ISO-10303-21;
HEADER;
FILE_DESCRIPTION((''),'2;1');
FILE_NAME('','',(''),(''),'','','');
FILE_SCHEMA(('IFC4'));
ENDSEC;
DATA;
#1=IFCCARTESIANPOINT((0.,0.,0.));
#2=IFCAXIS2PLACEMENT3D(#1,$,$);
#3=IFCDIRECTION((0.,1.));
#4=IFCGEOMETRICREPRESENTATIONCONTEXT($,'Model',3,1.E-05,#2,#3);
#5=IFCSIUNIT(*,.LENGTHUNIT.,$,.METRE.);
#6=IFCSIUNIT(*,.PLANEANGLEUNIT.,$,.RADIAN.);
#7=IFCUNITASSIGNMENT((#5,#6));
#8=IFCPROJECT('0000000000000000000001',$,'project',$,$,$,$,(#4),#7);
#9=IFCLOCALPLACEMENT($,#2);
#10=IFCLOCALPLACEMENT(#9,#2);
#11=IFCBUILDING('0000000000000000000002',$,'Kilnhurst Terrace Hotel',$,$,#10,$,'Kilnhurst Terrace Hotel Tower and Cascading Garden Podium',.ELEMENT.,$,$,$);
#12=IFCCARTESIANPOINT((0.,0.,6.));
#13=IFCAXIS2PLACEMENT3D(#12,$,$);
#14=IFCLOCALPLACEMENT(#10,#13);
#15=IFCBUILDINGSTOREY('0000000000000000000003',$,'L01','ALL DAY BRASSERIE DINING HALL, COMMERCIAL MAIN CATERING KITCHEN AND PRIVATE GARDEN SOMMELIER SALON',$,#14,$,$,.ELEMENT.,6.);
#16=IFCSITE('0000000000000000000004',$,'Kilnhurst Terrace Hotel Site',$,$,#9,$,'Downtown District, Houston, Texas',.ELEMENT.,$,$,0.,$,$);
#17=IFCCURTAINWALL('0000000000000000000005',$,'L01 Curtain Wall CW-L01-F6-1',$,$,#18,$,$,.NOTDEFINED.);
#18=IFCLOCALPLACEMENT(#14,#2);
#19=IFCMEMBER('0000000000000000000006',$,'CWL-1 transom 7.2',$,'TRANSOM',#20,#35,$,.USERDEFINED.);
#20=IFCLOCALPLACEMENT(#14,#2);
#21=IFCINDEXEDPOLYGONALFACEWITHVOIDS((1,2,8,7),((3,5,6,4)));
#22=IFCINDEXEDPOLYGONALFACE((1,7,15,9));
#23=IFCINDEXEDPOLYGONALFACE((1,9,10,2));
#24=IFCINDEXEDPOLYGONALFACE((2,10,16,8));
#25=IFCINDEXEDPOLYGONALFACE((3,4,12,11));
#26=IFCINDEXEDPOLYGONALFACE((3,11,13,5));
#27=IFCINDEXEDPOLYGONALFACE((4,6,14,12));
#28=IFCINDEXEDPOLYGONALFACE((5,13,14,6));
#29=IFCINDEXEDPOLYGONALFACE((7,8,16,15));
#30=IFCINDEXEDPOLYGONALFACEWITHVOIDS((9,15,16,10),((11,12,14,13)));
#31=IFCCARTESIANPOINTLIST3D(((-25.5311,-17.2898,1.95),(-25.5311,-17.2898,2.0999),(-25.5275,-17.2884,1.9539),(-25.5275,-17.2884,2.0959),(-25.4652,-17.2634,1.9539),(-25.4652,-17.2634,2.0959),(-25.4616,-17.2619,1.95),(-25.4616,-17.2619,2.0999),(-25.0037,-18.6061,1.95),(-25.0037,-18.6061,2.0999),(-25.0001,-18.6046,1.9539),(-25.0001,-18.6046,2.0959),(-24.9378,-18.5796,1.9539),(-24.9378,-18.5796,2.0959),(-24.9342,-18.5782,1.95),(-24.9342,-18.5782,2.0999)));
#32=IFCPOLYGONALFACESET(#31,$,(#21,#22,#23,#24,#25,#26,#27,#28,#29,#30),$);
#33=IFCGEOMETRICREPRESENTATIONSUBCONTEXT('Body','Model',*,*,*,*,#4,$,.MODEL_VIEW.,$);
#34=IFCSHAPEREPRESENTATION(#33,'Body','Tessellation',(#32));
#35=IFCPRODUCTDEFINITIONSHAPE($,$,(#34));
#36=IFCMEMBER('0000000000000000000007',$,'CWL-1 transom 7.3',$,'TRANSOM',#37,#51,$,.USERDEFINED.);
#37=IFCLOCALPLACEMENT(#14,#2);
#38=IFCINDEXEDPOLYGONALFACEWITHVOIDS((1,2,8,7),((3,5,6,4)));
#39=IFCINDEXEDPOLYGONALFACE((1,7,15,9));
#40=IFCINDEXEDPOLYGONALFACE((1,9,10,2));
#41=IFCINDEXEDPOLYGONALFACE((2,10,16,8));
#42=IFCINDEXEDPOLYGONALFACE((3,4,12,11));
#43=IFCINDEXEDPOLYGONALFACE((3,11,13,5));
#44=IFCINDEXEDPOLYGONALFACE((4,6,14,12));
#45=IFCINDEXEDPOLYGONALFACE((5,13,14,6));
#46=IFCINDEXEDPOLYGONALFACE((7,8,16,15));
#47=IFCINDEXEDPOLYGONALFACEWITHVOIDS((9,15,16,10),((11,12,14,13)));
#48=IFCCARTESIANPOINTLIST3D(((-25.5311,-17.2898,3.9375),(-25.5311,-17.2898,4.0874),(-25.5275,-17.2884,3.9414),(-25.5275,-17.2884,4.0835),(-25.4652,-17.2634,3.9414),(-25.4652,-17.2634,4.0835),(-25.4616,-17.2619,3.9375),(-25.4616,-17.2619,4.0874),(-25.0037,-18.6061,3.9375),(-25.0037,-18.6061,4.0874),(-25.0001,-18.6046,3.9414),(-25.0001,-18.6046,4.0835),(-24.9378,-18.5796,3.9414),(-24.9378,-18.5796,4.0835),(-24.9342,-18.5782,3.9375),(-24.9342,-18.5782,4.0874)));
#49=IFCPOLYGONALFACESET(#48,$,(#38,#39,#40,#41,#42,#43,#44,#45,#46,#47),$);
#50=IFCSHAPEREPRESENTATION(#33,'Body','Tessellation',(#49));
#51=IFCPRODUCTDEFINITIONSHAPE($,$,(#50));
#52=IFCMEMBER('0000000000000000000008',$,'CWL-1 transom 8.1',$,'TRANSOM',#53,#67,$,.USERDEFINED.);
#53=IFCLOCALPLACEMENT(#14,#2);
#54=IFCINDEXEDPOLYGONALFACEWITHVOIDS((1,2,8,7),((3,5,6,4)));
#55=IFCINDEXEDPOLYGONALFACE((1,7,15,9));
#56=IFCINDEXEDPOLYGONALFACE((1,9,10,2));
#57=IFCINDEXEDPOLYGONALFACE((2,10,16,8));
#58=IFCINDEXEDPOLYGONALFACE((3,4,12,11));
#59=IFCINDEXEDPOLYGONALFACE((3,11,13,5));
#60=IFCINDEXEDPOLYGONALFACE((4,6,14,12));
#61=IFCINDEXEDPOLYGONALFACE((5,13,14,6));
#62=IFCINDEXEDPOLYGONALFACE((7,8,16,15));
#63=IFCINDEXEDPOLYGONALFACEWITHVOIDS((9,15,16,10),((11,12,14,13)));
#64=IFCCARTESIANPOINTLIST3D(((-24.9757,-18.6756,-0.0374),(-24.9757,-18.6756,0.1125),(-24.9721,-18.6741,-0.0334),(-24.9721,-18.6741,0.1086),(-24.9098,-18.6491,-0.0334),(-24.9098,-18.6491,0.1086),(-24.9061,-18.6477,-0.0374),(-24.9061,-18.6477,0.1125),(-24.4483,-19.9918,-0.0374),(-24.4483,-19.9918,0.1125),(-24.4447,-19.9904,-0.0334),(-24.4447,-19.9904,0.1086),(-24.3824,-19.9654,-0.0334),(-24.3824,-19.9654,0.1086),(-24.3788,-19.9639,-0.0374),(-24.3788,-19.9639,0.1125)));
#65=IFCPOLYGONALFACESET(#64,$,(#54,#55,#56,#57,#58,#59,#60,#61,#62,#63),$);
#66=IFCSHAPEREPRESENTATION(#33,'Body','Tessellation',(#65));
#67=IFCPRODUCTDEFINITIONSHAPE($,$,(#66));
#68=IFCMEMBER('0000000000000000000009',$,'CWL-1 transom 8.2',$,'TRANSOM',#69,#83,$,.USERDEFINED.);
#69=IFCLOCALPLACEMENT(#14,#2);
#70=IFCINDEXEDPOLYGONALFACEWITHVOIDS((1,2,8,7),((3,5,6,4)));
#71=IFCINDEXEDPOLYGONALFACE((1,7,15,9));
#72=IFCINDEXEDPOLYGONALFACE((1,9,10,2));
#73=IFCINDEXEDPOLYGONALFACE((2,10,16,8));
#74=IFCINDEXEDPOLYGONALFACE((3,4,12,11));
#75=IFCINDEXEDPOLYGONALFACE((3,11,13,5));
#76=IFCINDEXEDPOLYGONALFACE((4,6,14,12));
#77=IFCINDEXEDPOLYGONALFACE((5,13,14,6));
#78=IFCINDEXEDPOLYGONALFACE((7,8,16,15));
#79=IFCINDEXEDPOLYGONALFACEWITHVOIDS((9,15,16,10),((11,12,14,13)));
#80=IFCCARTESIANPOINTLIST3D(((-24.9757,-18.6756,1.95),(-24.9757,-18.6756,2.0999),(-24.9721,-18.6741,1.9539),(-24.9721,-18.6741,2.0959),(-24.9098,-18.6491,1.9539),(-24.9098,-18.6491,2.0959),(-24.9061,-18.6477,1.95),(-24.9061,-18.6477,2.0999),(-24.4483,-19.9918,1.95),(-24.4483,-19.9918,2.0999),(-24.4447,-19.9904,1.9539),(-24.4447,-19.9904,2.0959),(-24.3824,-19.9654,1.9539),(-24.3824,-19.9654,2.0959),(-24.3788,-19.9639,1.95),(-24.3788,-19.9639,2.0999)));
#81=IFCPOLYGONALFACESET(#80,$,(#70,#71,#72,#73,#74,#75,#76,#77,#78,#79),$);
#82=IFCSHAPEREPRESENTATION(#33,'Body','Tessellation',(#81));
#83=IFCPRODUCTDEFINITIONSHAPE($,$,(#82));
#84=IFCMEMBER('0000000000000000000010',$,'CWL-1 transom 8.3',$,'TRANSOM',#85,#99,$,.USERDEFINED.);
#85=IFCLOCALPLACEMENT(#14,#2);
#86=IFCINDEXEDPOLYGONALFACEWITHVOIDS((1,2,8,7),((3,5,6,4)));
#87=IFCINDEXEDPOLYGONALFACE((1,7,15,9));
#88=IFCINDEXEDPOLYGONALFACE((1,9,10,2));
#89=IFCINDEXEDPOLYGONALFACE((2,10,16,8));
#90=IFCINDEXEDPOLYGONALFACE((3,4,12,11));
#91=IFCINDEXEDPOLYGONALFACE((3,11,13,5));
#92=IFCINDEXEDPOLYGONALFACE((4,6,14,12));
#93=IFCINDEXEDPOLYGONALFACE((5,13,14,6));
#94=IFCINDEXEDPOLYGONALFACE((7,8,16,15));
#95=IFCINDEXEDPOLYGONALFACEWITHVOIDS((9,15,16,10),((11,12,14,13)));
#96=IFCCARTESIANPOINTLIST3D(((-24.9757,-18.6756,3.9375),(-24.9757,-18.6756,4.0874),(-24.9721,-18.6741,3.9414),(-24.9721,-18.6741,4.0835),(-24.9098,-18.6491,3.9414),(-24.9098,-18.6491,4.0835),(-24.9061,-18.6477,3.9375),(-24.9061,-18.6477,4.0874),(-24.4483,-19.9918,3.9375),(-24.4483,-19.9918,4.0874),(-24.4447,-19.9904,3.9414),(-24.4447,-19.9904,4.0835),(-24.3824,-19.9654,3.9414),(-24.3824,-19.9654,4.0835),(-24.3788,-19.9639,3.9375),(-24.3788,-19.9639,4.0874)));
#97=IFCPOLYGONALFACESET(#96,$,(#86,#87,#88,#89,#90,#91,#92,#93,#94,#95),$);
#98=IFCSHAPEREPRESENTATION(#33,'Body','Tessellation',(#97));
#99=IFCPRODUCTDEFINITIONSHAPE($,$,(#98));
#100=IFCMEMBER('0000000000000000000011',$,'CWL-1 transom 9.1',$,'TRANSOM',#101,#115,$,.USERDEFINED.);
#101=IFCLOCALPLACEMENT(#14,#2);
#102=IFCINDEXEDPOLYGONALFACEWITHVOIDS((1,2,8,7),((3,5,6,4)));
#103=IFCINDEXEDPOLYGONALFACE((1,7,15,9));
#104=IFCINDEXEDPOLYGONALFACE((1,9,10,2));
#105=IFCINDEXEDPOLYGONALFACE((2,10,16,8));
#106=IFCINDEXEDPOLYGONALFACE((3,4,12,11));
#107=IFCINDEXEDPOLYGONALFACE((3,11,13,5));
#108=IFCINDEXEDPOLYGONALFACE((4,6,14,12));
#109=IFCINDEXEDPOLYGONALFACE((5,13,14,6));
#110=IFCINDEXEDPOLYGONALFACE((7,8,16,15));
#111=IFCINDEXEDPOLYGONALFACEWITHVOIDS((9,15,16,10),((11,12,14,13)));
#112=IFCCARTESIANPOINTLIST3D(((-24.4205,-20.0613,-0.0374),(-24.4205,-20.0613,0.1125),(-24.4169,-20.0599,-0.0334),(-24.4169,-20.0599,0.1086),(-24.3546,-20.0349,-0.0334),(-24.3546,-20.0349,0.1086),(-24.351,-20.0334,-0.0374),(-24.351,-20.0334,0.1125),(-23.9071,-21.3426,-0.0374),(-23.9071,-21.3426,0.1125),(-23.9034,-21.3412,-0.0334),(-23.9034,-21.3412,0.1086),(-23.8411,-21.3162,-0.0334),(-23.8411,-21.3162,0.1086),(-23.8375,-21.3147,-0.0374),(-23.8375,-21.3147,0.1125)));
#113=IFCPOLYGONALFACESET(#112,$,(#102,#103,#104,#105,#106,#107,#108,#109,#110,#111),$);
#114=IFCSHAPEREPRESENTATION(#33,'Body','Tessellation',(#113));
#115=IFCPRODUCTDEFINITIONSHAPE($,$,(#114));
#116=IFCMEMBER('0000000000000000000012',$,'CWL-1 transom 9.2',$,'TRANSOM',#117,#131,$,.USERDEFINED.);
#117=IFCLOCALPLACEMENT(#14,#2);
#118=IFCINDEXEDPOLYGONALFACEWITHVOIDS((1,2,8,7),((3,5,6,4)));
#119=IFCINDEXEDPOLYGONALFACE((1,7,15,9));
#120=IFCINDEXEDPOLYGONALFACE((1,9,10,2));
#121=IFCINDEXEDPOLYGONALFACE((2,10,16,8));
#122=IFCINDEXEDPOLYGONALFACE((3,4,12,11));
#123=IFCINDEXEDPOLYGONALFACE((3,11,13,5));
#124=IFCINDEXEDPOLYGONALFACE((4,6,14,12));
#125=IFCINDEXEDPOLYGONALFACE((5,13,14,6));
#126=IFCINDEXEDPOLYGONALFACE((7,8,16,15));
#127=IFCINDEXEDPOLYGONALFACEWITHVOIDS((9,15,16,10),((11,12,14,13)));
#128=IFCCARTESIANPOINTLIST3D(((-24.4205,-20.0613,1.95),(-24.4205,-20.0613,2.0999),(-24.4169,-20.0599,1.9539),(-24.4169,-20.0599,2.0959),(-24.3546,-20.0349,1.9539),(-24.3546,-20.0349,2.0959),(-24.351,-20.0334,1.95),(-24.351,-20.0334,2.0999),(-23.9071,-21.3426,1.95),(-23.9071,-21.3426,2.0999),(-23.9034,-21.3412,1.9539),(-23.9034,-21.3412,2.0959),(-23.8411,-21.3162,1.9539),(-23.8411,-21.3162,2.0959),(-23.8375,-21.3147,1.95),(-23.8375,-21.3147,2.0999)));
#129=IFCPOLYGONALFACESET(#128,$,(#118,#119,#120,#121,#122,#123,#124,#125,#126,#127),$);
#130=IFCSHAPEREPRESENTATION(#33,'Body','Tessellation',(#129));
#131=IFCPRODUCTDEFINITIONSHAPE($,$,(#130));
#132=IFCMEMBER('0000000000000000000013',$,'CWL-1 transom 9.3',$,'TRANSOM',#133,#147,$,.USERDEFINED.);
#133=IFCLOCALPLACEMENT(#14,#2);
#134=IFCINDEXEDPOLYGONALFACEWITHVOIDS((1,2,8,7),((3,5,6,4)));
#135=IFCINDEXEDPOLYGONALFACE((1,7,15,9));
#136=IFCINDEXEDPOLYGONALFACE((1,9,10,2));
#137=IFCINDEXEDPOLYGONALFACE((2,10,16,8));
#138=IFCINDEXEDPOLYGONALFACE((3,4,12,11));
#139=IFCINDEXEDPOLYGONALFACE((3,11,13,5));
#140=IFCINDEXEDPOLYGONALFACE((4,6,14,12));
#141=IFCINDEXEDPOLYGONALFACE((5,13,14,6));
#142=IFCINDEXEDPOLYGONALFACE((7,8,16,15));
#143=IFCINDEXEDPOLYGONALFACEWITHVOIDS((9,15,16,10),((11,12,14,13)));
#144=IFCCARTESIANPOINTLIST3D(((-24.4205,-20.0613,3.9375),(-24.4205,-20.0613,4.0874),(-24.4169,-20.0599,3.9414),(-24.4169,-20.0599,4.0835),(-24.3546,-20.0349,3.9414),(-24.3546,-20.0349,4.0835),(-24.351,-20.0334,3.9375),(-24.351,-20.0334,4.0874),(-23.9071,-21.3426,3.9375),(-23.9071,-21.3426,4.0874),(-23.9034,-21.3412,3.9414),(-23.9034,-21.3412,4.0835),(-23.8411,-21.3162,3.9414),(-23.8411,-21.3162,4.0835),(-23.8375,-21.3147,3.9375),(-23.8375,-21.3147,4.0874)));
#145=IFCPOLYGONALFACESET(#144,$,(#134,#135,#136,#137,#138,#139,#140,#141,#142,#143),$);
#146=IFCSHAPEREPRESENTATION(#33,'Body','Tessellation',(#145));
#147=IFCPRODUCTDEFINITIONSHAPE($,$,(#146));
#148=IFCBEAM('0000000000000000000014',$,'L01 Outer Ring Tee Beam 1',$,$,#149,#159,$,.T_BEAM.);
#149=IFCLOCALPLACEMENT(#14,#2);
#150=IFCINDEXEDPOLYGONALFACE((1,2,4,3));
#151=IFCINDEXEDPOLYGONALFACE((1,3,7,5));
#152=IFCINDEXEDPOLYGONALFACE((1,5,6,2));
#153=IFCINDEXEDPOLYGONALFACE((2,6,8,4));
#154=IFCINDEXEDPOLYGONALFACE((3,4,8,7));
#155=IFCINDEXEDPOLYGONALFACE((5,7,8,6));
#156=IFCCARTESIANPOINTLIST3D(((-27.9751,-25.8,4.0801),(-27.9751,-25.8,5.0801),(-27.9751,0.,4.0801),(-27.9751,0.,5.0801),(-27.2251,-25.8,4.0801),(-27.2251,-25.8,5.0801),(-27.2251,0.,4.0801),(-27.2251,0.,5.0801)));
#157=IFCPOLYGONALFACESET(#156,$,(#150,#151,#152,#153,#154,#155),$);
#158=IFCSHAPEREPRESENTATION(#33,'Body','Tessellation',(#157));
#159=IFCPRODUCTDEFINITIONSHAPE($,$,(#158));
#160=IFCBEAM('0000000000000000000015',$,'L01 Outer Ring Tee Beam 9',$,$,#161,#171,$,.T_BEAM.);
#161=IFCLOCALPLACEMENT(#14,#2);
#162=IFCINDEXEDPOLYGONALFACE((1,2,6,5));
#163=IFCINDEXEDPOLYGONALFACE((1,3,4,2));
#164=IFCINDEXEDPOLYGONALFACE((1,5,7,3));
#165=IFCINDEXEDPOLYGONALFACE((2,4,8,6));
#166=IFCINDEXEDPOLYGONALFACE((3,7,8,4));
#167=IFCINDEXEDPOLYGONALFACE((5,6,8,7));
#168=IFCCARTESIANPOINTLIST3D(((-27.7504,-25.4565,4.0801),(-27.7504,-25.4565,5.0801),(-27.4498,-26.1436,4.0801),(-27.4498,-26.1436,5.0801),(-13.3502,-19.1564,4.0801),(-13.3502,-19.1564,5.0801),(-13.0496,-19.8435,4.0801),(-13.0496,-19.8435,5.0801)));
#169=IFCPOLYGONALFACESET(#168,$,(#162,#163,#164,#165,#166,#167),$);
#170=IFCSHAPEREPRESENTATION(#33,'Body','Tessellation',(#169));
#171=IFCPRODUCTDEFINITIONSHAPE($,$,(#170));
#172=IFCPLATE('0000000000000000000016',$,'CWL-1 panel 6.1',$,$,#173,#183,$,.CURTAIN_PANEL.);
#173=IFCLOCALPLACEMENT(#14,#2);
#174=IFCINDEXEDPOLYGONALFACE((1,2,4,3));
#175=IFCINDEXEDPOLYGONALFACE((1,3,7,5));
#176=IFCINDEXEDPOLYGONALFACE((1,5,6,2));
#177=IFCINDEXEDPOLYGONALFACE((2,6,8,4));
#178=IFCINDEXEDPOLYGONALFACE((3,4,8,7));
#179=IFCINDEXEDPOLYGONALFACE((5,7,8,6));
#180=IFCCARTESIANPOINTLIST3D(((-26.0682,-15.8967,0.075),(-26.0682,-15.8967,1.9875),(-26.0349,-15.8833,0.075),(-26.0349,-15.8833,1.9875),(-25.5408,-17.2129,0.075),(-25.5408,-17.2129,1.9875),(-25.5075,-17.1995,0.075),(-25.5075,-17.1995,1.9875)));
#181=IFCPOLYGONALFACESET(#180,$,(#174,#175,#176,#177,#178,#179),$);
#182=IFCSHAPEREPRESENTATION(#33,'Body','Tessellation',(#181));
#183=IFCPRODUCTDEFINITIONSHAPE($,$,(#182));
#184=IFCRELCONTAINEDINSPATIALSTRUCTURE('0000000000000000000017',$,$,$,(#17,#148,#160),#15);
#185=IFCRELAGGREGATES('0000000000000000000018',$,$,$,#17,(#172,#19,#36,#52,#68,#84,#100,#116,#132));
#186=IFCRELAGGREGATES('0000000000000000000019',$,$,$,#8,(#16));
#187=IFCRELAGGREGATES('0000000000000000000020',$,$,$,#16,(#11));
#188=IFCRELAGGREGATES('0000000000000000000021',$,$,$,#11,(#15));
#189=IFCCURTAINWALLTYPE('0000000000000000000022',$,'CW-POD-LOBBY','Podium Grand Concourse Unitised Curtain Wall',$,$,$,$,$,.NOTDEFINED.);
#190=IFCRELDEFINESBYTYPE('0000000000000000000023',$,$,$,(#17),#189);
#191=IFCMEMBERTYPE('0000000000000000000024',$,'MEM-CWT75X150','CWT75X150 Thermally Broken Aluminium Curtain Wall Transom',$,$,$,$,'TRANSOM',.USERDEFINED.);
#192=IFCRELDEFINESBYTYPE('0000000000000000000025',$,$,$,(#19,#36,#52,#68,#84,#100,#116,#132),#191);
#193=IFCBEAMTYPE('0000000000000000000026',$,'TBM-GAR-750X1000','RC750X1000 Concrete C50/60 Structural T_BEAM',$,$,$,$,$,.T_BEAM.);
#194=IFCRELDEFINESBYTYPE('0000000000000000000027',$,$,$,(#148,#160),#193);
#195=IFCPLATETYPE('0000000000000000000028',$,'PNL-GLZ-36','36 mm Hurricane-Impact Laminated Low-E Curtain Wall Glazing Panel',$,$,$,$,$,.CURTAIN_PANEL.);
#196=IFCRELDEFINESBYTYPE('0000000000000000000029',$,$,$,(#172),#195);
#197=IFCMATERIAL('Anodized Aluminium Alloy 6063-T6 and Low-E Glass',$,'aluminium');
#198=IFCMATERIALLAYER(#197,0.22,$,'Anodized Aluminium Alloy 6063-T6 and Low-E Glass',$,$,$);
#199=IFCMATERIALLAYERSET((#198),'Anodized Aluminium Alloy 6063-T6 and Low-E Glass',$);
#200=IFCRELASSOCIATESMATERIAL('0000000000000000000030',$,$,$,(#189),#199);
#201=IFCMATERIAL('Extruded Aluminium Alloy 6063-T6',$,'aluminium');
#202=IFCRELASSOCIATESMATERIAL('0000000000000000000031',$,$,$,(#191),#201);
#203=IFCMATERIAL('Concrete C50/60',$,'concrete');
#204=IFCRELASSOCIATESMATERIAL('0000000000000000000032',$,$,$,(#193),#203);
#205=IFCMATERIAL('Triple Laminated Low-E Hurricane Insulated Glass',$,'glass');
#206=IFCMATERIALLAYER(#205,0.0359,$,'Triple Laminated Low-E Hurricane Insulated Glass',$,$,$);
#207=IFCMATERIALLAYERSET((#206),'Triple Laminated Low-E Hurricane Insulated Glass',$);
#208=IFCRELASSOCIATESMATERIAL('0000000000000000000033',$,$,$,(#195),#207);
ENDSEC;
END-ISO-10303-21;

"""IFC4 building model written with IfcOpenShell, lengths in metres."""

from ifc_helpers import new_model, si_unit, direction, frame, origin, origin_2d, place, context, subcontext, project, spatial, rectangle, hollow_rectangle, extrude, material, layer, layer_set, material_profile, profile_set, type_object, element, aggregate, save


model = new_model("IFC4")

# Units and contexts
model_context = context("Model", 3, precision=1e-05, world=origin(), true_north=direction((0.0, 1.0)))
body_context = subcontext(model_context, "Body", "Model", "MODEL_VIEW")
ifc_project = project(units=[si_unit("LENGTHUNIT", "METRE"), si_unit("PLANEANGLEUNIT", "RADIAN")], contexts=[model_context])

# Site, building, storey
site_placement = place(None, origin())
site = spatial("IfcSite", under=ifc_project, at=site_placement, Name="Kilnhurst Terrace Hotel Site", LongName="Downtown District, Houston, Texas", CompositionType="ELEMENT", RefElevation=0.0)
building_placement = place(site_placement, origin())
building = spatial("IfcBuilding", under=site, at=building_placement, Name="Kilnhurst Terrace Hotel", LongName="Kilnhurst Terrace Hotel Tower and Cascading Garden Podium", CompositionType="ELEMENT")
storey_placement = place(building_placement, frame((0.0, 0.0, 6.0)))
storey = spatial("IfcBuildingStorey", under=building, at=storey_placement, Name="L01", Description="ALL DAY BRASSERIE DINING HALL, COMMERCIAL MAIN CATERING KITCHEN AND PRIVATE GARDEN SOMMELIER SALON", CompositionType="ELEMENT", Elevation=6.0)

# Curtain wall, members
ifc_material_1 = material(Name="Anodized Aluminium Alloy 6063-T6 and Low-E Glass", Category="aluminium")
ifc_layer_1 = layer(ifc_material_1, 0.22, Name="Anodized Aluminium Alloy 6063-T6 and Low-E Glass")
ifc_layer_set_1 = layer_set([ifc_layer_1], Name="Anodized Aluminium Alloy 6063-T6 and Low-E Glass")
curtain_wall_type = type_object("IfcCurtainWallType", Name="CW-POD-LOBBY", Description="Podium Grand Concourse Unitised Curtain Wall", PredefinedType="NOTDEFINED", material=ifc_layer_set_1)
curtain_wall_placement = place(storey_placement, origin())
curtain_wall = element("IfcCurtainWall", 1, at=curtain_wall_placement, inside=storey, type_object=curtain_wall_type, Name="L01 Curtain Wall CW-L01-F6-1", PredefinedType="NOTDEFINED")
ifc_material_2 = material(Name="Extruded Aluminium Alloy 6063-T6", Category="aluminium")
ifc_material_profile_1 = material_profile(ifc_material_2, hollow_rectangle(XDim=0.075, YDim=0.1499, WallThickness=0.0039, at=origin_2d()), Name="CWT75X150")
ifc_profile_set_1 = profile_set([ifc_material_profile_1], Name="Extruded Aluminium Alloy 6063-T6")
member_type_1 = type_object("IfcMemberType", Name="MEM-CWT75X150", Description="CWT75X150 Thermally Broken Aluminium Curtain Wall Transom", ElementType="TRANSOM", PredefinedType="USERDEFINED", material=ifc_profile_set_1)
member_1_placement = place(storey_placement, frame((-25.4963, -17.2759, 2.0249), z_axis=(0.371925, -0.928263, 0.0), x_axis=(0.928263, 0.371925, 0.0)))
member_1 = element("IfcMember", 2, at=member_1_placement, type_object=member_type_1, Name="CWL-1 transom 7.2", ObjectType="TRANSOM", PredefinedType="USERDEFINED", context=body_context, shape_type="SweptSolid", body=[
    extrude(hollow_rectangle(XDim=0.075, YDim=0.1499, WallThickness=0.0039, at=origin_2d()), origin(), (0.0, 0.0, 1.0), 1.418),
])
member_2_placement = place(storey_placement, frame((-25.4963, -17.2759, 4.0125), z_axis=(0.371925, -0.928263, 0.0), x_axis=(0.928263, 0.371925, 0.0)))
member_2 = element("IfcMember", 3, at=member_2_placement, type_object=member_type_1, Name="CWL-1 transom 7.3", ObjectType="TRANSOM", PredefinedType="USERDEFINED", context=body_context, shape_type="SweptSolid", body=[
    extrude(hollow_rectangle(XDim=0.075, YDim=0.1499, WallThickness=0.0039, at=origin_2d()), origin(), (0.0, 0.0, 1.0), 1.418),
])
member_3_placement = place(storey_placement, frame((-24.9409, -18.6616, 0.0376), z_axis=(0.371925, -0.928263, 0.0), x_axis=(0.928263, 0.371925, 0.0)))
member_3 = element("IfcMember", 4, at=member_3_placement, type_object=member_type_1, Name="CWL-1 transom 8.1", ObjectType="TRANSOM", PredefinedType="USERDEFINED", context=body_context, shape_type="SweptSolid", body=[
    extrude(hollow_rectangle(XDim=0.075, YDim=0.1499, WallThickness=0.0039, at=origin_2d()), origin(), (0.0, 0.0, 1.0), 1.418),
])
member_4_placement = place(storey_placement, frame((-24.9409, -18.6616, 2.0249), z_axis=(0.371925, -0.928263, 0.0), x_axis=(0.928263, 0.371925, 0.0)))
member_4 = element("IfcMember", 5, at=member_4_placement, type_object=member_type_1, Name="CWL-1 transom 8.2", ObjectType="TRANSOM", PredefinedType="USERDEFINED", context=body_context, shape_type="SweptSolid", body=[
    extrude(hollow_rectangle(XDim=0.075, YDim=0.1499, WallThickness=0.0039, at=origin_2d()), origin(), (0.0, 0.0, 1.0), 1.418),
])
member_5_placement = place(storey_placement, frame((-24.9409, -18.6616, 4.0125), z_axis=(0.371925, -0.928263, 0.0), x_axis=(0.928263, 0.371925, 0.0)))
member_5 = element("IfcMember", 6, at=member_5_placement, type_object=member_type_1, Name="CWL-1 transom 8.3", ObjectType="TRANSOM", PredefinedType="USERDEFINED", context=body_context, shape_type="SweptSolid", body=[
    extrude(hollow_rectangle(XDim=0.075, YDim=0.1499, WallThickness=0.0039, at=origin_2d()), origin(), (0.0, 0.0, 1.0), 1.418),
])
member_6_placement = place(storey_placement, frame((-24.3857, -20.0474, 0.0376), z_axis=(0.37197, -0.928245, 0.0), x_axis=(0.928245, 0.37197, 0.0)))
member_6 = element("IfcMember", 7, at=member_6_placement, type_object=member_type_1, Name="CWL-1 transom 9.1", ObjectType="TRANSOM", PredefinedType="USERDEFINED", context=body_context, shape_type="SweptSolid", body=[
    extrude(hollow_rectangle(XDim=0.075, YDim=0.1499, WallThickness=0.0039, at=origin_2d()), origin(), (0.0, 0.0, 1.0), 1.3804),
])
member_7_placement = place(storey_placement, frame((-24.3857, -20.0474, 2.0249), z_axis=(0.37197, -0.928245, 0.0), x_axis=(0.928245, 0.37197, 0.0)))
member_7 = element("IfcMember", 8, at=member_7_placement, type_object=member_type_1, Name="CWL-1 transom 9.2", ObjectType="TRANSOM", PredefinedType="USERDEFINED", context=body_context, shape_type="SweptSolid", body=[
    extrude(hollow_rectangle(XDim=0.075, YDim=0.1499, WallThickness=0.0039, at=origin_2d()), origin(), (0.0, 0.0, 1.0), 1.3804),
])
member_8_placement = place(storey_placement, frame((-24.3857, -20.0474, 4.0125), z_axis=(0.37197, -0.928245, 0.0), x_axis=(0.928245, 0.37197, 0.0)))
member_8 = element("IfcMember", 9, at=member_8_placement, type_object=member_type_1, Name="CWL-1 transom 9.3", ObjectType="TRANSOM", PredefinedType="USERDEFINED", context=body_context, shape_type="SweptSolid", body=[
    extrude(hollow_rectangle(XDim=0.075, YDim=0.1499, WallThickness=0.0039, at=origin_2d()), origin(), (0.0, 0.0, 1.0), 1.3804),
])

# Beams
ifc_material_3 = material(Name="Concrete C50/60", Category="concrete")
ifc_material_profile_2 = material_profile(ifc_material_3, rectangle(XDim=0.75, YDim=1.0, at=origin_2d()), Name="RC750X1000")
ifc_profile_set_2 = profile_set([ifc_material_profile_2], Name="Concrete C50/60")
beam_type = type_object("IfcBeamType", Name="TBM-GAR-750X1000", Description="RC750X1000 Concrete C50/60 Structural T_BEAM", PredefinedType="T_BEAM", material=ifc_profile_set_2)
beam_1_placement = place(storey_placement, frame((-27.6001, -25.8, 4.5801), z_axis=(0.0, 1.0, 0.0), x_axis=(-1.0, 0.0, 0.0)))
element("IfcBeam", 10, at=beam_1_placement, inside=storey, type_object=beam_type, Name="L01 Outer Ring Tee Beam 1", PredefinedType="T_BEAM", context=body_context, shape_type="SweptSolid", body=[
    extrude(rectangle(XDim=0.75, YDim=1.0, at=origin_2d()), origin(), (0.0, 0.0, 1.0), 25.8),
])
beam_2_placement = place(storey_placement, frame((-27.6001, -25.8, 4.5801), z_axis=(0.916158, 0.400818, 0.0), x_axis=(-0.400818, 0.916158, 0.0)))
element("IfcBeam", 11, at=beam_2_placement, inside=storey, type_object=beam_type, Name="L01 Outer Ring Tee Beam 9", PredefinedType="T_BEAM", context=body_context, shape_type="SweptSolid", body=[
    extrude(rectangle(XDim=0.75, YDim=1.0, at=origin_2d()), origin(), (0.0, 0.0, 1.0), 15.718),
])

# Plate
ifc_material_4 = material(Name="Triple Laminated Low-E Hurricane Insulated Glass", Category="glass")
ifc_layer_2 = layer(ifc_material_4, 0.0359, Name="Triple Laminated Low-E Hurricane Insulated Glass")
ifc_layer_set_2 = layer_set([ifc_layer_2], Name="Triple Laminated Low-E Hurricane Insulated Glass")
plate_type = type_object("IfcPlateType", Name="PNL-GLZ-36", Description="36 mm Hurricane-Impact Laminated Low-E Curtain Wall Glazing Panel", PredefinedType="CURTAIN_PANEL", material=ifc_layer_set_2)
plate_1_placement = place(storey_placement, frame((-25.7878, -16.5481, 0.075), z_axis=(0.0, 0.0, 1.0), x_axis=(0.371955, -0.928251, 0.0)))
plate_1 = element("IfcPlate", 12, at=plate_1_placement, type_object=plate_type, Name="CWL-1 panel 6.1", PredefinedType="CURTAIN_PANEL", context=body_context, shape_type="SweptSolid", body=[
    extrude(rectangle(XDim=1.418, YDim=0.0359, at=origin_2d()), origin(), (0.0, 0.0, 1.0), 1.9126),
])
aggregate(curtain_wall, [plate_1, member_1, member_2, member_3, member_4, member_5, member_6, member_7, member_8])

save(model, "model.ifc")
